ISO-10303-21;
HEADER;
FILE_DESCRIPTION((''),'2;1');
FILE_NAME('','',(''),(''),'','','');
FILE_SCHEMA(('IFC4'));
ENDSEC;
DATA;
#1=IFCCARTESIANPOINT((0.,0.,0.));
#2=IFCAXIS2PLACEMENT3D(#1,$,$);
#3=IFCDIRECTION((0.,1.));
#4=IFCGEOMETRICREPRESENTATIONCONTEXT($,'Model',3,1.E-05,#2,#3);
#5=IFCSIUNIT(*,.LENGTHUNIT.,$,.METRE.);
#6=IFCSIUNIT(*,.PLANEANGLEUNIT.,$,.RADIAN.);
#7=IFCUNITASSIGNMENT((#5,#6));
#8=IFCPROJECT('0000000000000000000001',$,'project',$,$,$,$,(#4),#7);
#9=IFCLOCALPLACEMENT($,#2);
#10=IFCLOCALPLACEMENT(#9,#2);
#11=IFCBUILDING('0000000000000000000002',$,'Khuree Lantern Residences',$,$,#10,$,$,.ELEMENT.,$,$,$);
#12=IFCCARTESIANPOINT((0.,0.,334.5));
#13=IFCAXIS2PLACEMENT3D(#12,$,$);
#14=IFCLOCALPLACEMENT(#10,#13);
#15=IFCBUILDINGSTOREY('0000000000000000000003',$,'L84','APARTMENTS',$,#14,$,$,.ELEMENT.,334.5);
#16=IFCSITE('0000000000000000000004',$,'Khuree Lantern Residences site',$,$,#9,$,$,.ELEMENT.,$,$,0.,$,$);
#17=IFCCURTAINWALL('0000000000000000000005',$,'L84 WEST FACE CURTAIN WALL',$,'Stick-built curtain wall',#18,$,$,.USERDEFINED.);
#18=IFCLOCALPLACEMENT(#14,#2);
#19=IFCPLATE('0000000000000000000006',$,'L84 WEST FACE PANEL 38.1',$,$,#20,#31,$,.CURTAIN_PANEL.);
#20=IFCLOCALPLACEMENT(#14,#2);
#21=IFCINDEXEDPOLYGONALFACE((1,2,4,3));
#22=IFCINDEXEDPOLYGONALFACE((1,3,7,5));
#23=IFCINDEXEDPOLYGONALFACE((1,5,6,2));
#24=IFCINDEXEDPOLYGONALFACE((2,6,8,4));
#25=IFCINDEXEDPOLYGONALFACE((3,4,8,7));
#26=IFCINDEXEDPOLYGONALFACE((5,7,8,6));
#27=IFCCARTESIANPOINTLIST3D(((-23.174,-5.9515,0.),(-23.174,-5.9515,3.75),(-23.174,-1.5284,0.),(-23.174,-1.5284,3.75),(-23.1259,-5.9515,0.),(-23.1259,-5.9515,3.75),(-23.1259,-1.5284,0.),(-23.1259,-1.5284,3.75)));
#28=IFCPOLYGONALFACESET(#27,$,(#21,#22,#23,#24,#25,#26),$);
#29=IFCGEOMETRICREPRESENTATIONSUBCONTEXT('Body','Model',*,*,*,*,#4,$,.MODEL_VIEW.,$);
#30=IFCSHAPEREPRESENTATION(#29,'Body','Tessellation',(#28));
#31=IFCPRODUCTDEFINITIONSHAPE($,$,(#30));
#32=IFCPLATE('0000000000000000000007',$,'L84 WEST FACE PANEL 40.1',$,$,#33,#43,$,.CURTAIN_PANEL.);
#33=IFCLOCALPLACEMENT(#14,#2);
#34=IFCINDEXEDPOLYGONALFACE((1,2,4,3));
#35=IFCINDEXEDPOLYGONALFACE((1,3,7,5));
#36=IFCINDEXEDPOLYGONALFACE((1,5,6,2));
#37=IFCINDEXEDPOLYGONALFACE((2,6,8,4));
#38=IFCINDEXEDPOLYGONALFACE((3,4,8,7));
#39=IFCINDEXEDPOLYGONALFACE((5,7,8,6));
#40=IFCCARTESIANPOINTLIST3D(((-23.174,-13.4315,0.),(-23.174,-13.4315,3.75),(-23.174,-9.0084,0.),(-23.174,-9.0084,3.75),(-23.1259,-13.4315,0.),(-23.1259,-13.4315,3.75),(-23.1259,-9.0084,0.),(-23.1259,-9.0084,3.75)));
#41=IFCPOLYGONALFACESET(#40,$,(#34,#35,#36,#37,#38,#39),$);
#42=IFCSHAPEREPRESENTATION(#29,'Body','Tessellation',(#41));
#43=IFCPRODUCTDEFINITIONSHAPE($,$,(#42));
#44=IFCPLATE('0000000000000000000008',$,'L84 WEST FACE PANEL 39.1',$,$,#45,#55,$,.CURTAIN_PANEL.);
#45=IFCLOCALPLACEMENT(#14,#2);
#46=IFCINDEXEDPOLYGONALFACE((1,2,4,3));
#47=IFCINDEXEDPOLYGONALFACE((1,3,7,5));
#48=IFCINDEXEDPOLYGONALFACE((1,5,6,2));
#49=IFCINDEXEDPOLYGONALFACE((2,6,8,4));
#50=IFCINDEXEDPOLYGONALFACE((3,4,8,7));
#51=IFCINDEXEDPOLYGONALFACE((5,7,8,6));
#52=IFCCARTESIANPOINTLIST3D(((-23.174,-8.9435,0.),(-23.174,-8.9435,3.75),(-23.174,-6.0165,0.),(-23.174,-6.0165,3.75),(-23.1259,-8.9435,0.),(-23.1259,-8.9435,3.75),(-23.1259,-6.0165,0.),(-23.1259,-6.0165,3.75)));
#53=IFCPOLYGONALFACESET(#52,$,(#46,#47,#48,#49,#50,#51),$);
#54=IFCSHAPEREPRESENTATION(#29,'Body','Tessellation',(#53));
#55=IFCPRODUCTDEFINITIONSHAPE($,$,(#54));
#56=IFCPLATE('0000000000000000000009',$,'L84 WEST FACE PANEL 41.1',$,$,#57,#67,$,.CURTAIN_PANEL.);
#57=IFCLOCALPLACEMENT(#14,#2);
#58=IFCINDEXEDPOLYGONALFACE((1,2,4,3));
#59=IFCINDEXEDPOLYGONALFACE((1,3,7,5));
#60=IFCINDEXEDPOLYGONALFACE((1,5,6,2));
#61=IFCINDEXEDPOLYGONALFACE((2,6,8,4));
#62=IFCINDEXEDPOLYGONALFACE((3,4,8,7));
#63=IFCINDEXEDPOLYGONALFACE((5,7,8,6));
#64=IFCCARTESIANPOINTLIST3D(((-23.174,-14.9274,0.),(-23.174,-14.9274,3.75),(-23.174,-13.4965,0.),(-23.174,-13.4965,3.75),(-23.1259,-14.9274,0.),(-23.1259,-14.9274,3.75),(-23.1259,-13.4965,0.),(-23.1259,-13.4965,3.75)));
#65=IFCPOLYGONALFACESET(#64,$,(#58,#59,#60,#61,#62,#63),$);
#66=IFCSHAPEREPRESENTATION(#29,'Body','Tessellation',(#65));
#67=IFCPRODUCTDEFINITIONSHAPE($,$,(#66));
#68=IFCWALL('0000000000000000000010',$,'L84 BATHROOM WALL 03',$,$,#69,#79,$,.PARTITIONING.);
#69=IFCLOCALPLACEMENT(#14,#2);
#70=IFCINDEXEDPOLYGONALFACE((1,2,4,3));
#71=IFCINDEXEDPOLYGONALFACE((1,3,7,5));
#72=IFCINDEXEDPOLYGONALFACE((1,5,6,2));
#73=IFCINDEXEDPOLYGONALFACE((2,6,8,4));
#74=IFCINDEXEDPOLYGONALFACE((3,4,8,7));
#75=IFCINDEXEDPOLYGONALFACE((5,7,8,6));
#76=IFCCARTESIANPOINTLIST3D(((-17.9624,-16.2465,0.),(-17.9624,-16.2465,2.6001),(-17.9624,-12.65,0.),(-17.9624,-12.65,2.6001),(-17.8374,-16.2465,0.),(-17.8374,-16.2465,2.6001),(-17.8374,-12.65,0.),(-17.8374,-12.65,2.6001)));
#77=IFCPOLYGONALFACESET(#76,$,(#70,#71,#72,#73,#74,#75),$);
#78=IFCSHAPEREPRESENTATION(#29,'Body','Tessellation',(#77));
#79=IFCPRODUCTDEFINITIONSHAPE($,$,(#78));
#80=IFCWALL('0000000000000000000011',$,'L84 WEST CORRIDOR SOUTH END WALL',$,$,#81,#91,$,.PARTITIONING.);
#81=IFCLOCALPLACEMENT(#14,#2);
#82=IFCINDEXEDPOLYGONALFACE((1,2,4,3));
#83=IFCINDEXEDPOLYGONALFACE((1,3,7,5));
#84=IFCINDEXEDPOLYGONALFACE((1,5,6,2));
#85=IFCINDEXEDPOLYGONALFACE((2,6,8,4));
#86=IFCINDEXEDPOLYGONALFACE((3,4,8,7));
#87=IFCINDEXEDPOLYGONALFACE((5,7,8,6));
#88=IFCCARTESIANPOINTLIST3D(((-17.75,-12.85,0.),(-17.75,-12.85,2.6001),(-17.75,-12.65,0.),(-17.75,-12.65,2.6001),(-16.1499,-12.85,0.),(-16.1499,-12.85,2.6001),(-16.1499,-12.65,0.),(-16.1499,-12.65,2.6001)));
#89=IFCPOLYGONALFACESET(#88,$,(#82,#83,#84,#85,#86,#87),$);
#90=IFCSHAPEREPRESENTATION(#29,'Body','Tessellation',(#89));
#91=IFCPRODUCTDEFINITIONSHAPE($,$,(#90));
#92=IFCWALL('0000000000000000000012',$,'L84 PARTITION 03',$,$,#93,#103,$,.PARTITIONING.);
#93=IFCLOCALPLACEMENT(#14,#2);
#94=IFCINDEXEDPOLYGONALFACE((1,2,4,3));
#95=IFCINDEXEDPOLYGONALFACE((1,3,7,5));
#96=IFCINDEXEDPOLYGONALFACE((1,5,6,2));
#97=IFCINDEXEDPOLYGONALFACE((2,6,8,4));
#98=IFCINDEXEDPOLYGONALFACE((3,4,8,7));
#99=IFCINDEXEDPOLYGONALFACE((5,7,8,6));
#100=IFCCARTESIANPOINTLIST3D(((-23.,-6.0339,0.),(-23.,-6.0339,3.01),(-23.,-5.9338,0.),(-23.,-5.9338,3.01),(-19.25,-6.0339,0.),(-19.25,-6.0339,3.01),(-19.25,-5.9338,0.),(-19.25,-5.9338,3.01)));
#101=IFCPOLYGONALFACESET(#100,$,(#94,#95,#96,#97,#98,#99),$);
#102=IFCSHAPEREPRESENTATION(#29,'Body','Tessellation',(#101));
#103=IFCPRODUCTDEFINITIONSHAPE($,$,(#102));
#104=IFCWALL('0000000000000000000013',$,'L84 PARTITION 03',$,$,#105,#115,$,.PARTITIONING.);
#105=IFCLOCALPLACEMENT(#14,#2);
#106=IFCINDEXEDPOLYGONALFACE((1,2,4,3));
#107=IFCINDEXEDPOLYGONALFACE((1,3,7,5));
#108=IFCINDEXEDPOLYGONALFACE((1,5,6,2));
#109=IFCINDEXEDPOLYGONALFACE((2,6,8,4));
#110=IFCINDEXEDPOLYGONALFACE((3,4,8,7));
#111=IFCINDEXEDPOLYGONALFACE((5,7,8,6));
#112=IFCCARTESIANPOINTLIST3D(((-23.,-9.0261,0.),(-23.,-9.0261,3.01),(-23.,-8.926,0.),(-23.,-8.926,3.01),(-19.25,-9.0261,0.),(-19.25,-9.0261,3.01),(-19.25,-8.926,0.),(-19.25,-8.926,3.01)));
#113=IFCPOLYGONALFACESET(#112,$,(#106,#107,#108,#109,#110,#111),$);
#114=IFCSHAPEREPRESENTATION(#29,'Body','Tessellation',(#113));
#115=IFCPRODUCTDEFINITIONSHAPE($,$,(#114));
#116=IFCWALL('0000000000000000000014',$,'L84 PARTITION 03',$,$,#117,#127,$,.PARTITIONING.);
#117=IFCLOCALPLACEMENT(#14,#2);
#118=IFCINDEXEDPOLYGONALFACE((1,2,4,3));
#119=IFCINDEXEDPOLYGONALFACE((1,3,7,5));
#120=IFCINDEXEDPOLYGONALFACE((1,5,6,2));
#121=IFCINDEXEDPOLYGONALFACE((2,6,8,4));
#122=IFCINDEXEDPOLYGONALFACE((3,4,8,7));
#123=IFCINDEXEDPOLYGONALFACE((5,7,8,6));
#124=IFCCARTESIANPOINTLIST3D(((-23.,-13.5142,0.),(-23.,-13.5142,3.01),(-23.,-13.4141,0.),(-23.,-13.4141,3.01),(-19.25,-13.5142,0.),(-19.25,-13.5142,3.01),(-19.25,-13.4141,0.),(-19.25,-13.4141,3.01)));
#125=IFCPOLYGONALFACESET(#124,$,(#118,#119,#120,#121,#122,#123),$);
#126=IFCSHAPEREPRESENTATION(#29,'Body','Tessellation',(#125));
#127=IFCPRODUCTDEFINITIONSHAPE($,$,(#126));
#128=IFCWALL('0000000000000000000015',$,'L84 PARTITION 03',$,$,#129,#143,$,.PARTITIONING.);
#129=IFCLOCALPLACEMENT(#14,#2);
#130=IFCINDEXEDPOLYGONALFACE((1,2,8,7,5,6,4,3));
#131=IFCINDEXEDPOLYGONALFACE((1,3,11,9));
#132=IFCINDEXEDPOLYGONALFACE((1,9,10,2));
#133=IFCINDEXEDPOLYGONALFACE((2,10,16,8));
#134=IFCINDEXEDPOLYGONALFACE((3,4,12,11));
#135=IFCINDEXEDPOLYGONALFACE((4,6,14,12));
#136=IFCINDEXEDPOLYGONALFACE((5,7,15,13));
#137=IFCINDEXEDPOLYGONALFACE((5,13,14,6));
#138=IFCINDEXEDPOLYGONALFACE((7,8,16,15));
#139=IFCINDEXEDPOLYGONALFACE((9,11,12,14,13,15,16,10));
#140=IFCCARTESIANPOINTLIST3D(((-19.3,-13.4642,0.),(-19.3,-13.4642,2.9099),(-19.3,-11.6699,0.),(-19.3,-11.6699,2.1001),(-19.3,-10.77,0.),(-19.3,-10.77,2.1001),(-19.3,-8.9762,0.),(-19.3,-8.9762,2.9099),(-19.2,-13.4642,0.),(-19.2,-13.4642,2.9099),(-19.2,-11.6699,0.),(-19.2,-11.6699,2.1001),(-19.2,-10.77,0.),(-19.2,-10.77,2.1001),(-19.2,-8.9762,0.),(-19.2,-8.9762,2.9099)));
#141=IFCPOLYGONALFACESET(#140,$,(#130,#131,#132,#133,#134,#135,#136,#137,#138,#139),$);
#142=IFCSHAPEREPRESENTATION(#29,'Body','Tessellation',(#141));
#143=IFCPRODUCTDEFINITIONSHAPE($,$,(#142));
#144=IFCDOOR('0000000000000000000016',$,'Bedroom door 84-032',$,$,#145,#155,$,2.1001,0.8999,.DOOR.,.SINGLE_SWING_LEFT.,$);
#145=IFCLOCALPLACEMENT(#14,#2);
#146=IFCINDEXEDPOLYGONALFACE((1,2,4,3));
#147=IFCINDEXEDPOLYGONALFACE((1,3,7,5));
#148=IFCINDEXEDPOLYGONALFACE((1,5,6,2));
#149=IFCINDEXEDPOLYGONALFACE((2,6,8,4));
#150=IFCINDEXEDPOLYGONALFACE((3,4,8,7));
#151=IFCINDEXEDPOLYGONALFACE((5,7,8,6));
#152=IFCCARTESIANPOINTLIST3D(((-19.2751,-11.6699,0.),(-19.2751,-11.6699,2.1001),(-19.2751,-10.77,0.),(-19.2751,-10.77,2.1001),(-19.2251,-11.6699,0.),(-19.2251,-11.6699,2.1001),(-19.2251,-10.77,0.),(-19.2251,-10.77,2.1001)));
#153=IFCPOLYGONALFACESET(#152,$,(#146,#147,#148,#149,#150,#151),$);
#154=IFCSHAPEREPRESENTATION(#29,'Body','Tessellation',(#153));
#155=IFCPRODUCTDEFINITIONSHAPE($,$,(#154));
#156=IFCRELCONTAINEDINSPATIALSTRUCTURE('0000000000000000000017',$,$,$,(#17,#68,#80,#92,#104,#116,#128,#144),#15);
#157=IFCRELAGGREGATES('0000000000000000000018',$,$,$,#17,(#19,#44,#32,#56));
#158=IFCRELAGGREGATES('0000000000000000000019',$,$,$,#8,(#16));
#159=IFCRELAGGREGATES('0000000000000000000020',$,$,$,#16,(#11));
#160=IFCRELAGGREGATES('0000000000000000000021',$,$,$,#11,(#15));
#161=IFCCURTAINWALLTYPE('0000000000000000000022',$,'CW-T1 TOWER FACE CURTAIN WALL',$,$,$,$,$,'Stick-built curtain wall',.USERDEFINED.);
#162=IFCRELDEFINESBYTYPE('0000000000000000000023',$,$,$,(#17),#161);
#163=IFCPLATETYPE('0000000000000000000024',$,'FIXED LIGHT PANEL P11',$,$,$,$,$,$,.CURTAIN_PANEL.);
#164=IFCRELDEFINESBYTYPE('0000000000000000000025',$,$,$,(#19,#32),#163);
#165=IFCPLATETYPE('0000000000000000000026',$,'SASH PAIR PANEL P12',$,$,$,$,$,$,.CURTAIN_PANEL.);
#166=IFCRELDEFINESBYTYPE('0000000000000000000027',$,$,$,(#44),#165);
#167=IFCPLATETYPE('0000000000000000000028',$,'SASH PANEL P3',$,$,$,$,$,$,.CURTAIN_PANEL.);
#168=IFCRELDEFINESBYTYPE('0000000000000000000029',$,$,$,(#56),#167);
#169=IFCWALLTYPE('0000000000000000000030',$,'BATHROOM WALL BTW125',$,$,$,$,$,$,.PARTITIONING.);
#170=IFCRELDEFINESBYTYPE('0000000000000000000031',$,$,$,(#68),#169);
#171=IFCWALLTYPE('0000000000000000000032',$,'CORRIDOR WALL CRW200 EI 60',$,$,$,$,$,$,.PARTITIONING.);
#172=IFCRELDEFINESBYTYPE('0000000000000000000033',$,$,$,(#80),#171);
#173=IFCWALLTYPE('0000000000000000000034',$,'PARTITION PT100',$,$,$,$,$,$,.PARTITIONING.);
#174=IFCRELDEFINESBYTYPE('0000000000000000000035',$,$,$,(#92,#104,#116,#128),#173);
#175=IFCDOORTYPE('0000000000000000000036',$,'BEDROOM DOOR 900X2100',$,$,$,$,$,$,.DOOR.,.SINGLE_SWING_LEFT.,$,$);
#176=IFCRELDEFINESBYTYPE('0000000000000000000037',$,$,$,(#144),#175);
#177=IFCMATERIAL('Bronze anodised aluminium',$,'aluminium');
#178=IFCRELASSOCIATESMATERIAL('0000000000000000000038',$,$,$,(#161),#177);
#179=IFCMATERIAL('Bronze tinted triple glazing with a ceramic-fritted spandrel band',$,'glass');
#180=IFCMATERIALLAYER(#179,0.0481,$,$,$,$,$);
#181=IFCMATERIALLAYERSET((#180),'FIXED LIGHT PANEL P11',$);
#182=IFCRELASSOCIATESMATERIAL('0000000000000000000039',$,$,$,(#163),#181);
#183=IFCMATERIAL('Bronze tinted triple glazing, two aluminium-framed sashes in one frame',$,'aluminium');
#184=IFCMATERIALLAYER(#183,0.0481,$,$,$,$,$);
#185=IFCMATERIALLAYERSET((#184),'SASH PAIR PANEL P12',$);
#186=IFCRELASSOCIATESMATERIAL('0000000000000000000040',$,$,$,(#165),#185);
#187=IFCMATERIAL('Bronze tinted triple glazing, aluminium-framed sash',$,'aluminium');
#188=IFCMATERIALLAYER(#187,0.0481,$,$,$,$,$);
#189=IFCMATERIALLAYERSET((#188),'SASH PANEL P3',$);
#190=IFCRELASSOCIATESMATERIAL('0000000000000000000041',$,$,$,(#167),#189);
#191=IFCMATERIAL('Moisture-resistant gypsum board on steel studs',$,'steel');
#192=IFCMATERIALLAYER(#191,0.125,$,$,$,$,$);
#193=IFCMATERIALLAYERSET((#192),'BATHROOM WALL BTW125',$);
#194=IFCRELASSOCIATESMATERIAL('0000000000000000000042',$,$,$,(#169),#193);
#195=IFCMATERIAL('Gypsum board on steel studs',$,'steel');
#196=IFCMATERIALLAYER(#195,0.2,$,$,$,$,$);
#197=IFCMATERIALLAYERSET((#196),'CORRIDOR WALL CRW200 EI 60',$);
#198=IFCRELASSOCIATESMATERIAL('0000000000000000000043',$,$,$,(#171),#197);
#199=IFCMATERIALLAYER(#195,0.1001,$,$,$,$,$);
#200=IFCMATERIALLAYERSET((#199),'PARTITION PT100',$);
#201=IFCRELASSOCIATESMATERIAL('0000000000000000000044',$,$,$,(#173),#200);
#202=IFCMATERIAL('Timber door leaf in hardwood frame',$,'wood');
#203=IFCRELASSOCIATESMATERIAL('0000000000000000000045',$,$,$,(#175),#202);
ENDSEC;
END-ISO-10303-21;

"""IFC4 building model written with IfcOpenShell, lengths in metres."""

from ifc_helpers import new_model, si_unit, direction, frame, frame_2d, origin, origin_2d, place, context, subcontext, project, spatial, rectangle, extrude, material, layer, layer_set, type_object, element, fill, aggregate, save


model = new_model("IFC4")

# Units and contexts
model_context = context("Model", 3, precision=1e-05, world=origin(), true_north=direction((0.0, 1.0)))
body_context = subcontext(model_context, "Body", "Model", "MODEL_VIEW")
ifc_project = project(units=[si_unit("LENGTHUNIT", "METRE"), si_unit("PLANEANGLEUNIT", "RADIAN")], contexts=[model_context])

# Site, building, storey
site_placement = place(None, origin())
site = spatial("IfcSite", under=ifc_project, at=site_placement, Name="Khuree Lantern Residences site", CompositionType="ELEMENT", RefElevation=0.0)
building_placement = place(site_placement, origin())
building = spatial("IfcBuilding", under=site, at=building_placement, Name="Khuree Lantern Residences", CompositionType="ELEMENT")
storey_placement = place(building_placement, frame((0.0, 0.0, 334.5)))
storey = spatial("IfcBuildingStorey", under=building, at=storey_placement, Name="L84", Description="APARTMENTS", CompositionType="ELEMENT", Elevation=334.5)

# Curtain wall
ifc_material_1 = material(Name="Bronze anodised aluminium", Category="aluminium")
curtain_wall_type = type_object("IfcCurtainWallType", Name="CW-T1 TOWER FACE CURTAIN WALL", ElementType="Stick-built curtain wall", PredefinedType="USERDEFINED", material=ifc_material_1)
curtain_wall_placement = place(storey_placement, origin())
curtain_wall = element("IfcCurtainWall", 1, at=curtain_wall_placement, inside=storey, type_object=curtain_wall_type, Name="L84 WEST FACE CURTAIN WALL", ObjectType="Stick-built curtain wall", PredefinedType="USERDEFINED")

# Plates
ifc_material_2 = material(Name="Bronze tinted triple glazing with a ceramic-fritted spandrel band", Category="glass")
ifc_layer_1 = layer(ifc_material_2, 0.0481)
ifc_layer_set_1 = layer_set([ifc_layer_1], Name="FIXED LIGHT PANEL P11")
plate_type_1 = type_object("IfcPlateType", Name="FIXED LIGHT PANEL P11", PredefinedType="CURTAIN_PANEL", material=ifc_layer_set_1)
plate_1_placement = place(storey_placement, frame((-23.1499, -3.74, 0.0), z_axis=(0.0, 0.0, 1.0), x_axis=(0.0, -1.0, 0.0)))
plate_1 = element("IfcPlate", 2, at=plate_1_placement, type_object=plate_type_1, Name="L84 WEST FACE PANEL 38.1", PredefinedType="CURTAIN_PANEL", context=body_context, shape_type="SweptSolid", body=[
    extrude(rectangle(XDim=4.4231, YDim=0.0481, at=origin_2d()), origin(), (0.0, 0.0, 1.0), 3.75),
])
plate_2_placement = place(storey_placement, frame((-23.1499, -11.22, 0.0), z_axis=(0.0, 0.0, 1.0), x_axis=(0.0, -1.0, 0.0)))
plate_2 = element("IfcPlate", 3, at=plate_2_placement, type_object=plate_type_1, Name="L84 WEST FACE PANEL 40.1", PredefinedType="CURTAIN_PANEL", context=body_context, shape_type="SweptSolid", body=[
    extrude(rectangle(XDim=4.4231, YDim=0.0481, at=origin_2d()), origin(), (0.0, 0.0, 1.0), 3.75),
])
ifc_material_3 = material(Name="Bronze tinted triple glazing, two aluminium-framed sashes in one frame", Category="aluminium")
ifc_layer_2 = layer(ifc_material_3, 0.0481)
ifc_layer_set_2 = layer_set([ifc_layer_2], Name="SASH PAIR PANEL P12")
plate_type_2 = type_object("IfcPlateType", Name="SASH PAIR PANEL P12", PredefinedType="CURTAIN_PANEL", material=ifc_layer_set_2)
plate_3_placement = place(storey_placement, frame((-23.1499, -7.48, 0.0), z_axis=(0.0, 0.0, 1.0), x_axis=(0.0, -1.0, 0.0)))
plate_3 = element("IfcPlate", 4, at=plate_3_placement, type_object=plate_type_2, Name="L84 WEST FACE PANEL 39.1", PredefinedType="CURTAIN_PANEL", context=body_context, shape_type="SweptSolid", body=[
    extrude(rectangle(XDim=2.927, YDim=0.0481, at=origin_2d()), origin(), (0.0, 0.0, 1.0), 3.75),
])
ifc_material_4 = material(Name="Bronze tinted triple glazing, aluminium-framed sash", Category="aluminium")
ifc_layer_3 = layer(ifc_material_4, 0.0481)
ifc_layer_set_3 = layer_set([ifc_layer_3], Name="SASH PANEL P3")
plate_type_3 = type_object("IfcPlateType", Name="SASH PANEL P3", PredefinedType="CURTAIN_PANEL", material=ifc_layer_set_3)
plate_4_placement = place(storey_placement, frame((-23.1499, -14.2119, 0.0), z_axis=(0.0, 0.0, 1.0), x_axis=(0.0, -1.0, 0.0)))
plate_4 = element("IfcPlate", 5, at=plate_4_placement, type_object=plate_type_3, Name="L84 WEST FACE PANEL 41.1", PredefinedType="CURTAIN_PANEL", context=body_context, shape_type="SweptSolid", body=[
    extrude(rectangle(XDim=1.4309, YDim=0.0481, at=origin_2d()), origin(), (0.0, 0.0, 1.0), 3.75),
])
aggregate(curtain_wall, [plate_1, plate_3, plate_2, plate_4])

# Walls
ifc_material_5 = material(Name="Moisture-resistant gypsum board on steel studs", Category="steel")
ifc_layer_4 = layer(ifc_material_5, 0.125)
ifc_layer_set_4 = layer_set([ifc_layer_4], Name="BATHROOM WALL BTW125")
wall_type_1 = type_object("IfcWallType", Name="BATHROOM WALL BTW125", PredefinedType="PARTITIONING", material=ifc_layer_set_4)
wall_1_placement = place(storey_placement, frame((-17.8999, -12.6499, 0.0), z_axis=(0.0, 0.0, 1.0), x_axis=(0.0, -1.0, 0.0)))
element("IfcWall", 6, at=wall_1_placement, inside=storey, type_object=wall_type_1, Name="L84 BATHROOM WALL 03", PredefinedType="PARTITIONING", context=body_context, shape_type="SweptSolid", body=[
    extrude(rectangle(XDim=3.5964, YDim=0.125, at=frame_2d((1.7983, 0.0))), origin(), (0.0, 0.0, 1.0), 2.6001),
])
ifc_material_6 = material(Name="Gypsum board on steel studs", Category="steel")
ifc_layer_5 = layer(ifc_material_6, 0.2)
ifc_layer_set_5 = layer_set([ifc_layer_5], Name="CORRIDOR WALL CRW200 EI 60")
wall_type_2 = type_object("IfcWallType", Name="CORRIDOR WALL CRW200 EI 60", PredefinedType="PARTITIONING", material=ifc_layer_set_5)
wall_2_placement = place(storey_placement, frame((-16.1499, -12.75, 0.0), z_axis=(0.0, 0.0, 1.0), x_axis=(-1.0, 0.0, 0.0)))
element("IfcWall", 7, at=wall_2_placement, inside=storey, type_object=wall_type_2, Name="L84 WEST CORRIDOR SOUTH END WALL", PredefinedType="PARTITIONING", context=body_context, shape_type="SweptSolid", body=[
    extrude(rectangle(XDim=1.6001, YDim=0.2, at=frame_2d((0.8, 0.0))), origin(), (0.0, 0.0, 1.0), 2.6001),
])
ifc_layer_6 = layer(ifc_material_6, 0.1001)
ifc_layer_set_6 = layer_set([ifc_layer_6], Name="PARTITION PT100")
wall_type_3 = type_object("IfcWallType", Name="PARTITION PT100", PredefinedType="PARTITIONING", material=ifc_layer_set_6)
for number, where, z_axis, x_axis, name in (
    (8, (-19.25, -5.9839, 0.0), (0.0, 0.0, 1.0), (-1.0, 0.0, 0.0), "L84 PARTITION 03"),
    (9, (-19.25, -8.9761, 0.0), (0.0, 0.0, 1.0), (-1.0, 0.0, 0.0), "L84 PARTITION 03"),
    (10, (-19.25, -13.4641, 0.0), (0.0, 0.0, 1.0), (-1.0, 0.0, 0.0), "L84 PARTITION 03"),
):
    element("IfcWall", number, at=place(storey_placement, frame(where, z_axis=z_axis, x_axis=x_axis)), inside=storey, type_object=wall_type_3, Name=name, PredefinedType="PARTITIONING", context=body_context, shape_type="SweptSolid", body=[
        extrude(rectangle(XDim=3.75, YDim=0.1001, at=frame_2d((1.875, 0.0))), origin(), (0.0, 0.0, 1.0), 3.01),
    ])

# Wall, opening, door
wall_3_placement = place(storey_placement, frame((-19.25, -8.9761, 0.0), z_axis=(0.0, 0.0, 1.0), x_axis=(0.0, -1.0, 0.0)))
wall_3 = element("IfcWall", 11, at=wall_3_placement, inside=storey, type_object=wall_type_3, Name="L84 PARTITION 03", PredefinedType="PARTITIONING", context=body_context, shape_type="SweptSolid", body=[
    extrude(rectangle(XDim=4.488, YDim=0.1001, at=frame_2d((2.2441, 0.0))), origin(), (0.0, 0.0, 1.0), 2.9099),
])
opening_placement = place(wall_3_placement, frame((1.7939, 0.0, 0.0)))
opening = element("IfcOpeningElement", 12, at=opening_placement, cuts=wall_3, PredefinedType="OPENING", context=body_context, shape_type="SweptSolid", body=[
    extrude(rectangle(XDim=0.8999, YDim=2.1001, at=frame_2d((0.45, 1.05))), frame((0.0, 0.0601, 0.0), z_axis=(0.0, -1.0, 0.0), x_axis=(1.0, 0.0, 0.0)), (0.0, 0.0, 1.0), 0.1201),
])
ifc_material_7 = material(Name="Timber door leaf in hardwood frame", Category="wood")
door_type = type_object("IfcDoorType", Name="BEDROOM DOOR 900X2100", OperationType="SINGLE_SWING_LEFT", PredefinedType="DOOR", material=ifc_material_7)
door_placement = place(opening_placement, origin())
door = element("IfcDoor", 13, at=door_placement, inside=storey, type_object=door_type, Name="Bedroom door 84-032", OperationType="SINGLE_SWING_LEFT", OverallHeight=2.1001, OverallWidth=0.8999, PredefinedType="DOOR", context=body_context, shape_type="SweptSolid", body=[
    extrude(rectangle(XDim=0.8999, YDim=2.1001, at=frame_2d((0.45, 1.05))), frame((0.0, 0.0249, 0.0), z_axis=(0.0, -1.0, 0.0), x_axis=(1.0, 0.0, 0.0)), (0.0, 0.0, 1.0), 0.05),
])
fill(opening, door)

save(model, "model.ifc")
